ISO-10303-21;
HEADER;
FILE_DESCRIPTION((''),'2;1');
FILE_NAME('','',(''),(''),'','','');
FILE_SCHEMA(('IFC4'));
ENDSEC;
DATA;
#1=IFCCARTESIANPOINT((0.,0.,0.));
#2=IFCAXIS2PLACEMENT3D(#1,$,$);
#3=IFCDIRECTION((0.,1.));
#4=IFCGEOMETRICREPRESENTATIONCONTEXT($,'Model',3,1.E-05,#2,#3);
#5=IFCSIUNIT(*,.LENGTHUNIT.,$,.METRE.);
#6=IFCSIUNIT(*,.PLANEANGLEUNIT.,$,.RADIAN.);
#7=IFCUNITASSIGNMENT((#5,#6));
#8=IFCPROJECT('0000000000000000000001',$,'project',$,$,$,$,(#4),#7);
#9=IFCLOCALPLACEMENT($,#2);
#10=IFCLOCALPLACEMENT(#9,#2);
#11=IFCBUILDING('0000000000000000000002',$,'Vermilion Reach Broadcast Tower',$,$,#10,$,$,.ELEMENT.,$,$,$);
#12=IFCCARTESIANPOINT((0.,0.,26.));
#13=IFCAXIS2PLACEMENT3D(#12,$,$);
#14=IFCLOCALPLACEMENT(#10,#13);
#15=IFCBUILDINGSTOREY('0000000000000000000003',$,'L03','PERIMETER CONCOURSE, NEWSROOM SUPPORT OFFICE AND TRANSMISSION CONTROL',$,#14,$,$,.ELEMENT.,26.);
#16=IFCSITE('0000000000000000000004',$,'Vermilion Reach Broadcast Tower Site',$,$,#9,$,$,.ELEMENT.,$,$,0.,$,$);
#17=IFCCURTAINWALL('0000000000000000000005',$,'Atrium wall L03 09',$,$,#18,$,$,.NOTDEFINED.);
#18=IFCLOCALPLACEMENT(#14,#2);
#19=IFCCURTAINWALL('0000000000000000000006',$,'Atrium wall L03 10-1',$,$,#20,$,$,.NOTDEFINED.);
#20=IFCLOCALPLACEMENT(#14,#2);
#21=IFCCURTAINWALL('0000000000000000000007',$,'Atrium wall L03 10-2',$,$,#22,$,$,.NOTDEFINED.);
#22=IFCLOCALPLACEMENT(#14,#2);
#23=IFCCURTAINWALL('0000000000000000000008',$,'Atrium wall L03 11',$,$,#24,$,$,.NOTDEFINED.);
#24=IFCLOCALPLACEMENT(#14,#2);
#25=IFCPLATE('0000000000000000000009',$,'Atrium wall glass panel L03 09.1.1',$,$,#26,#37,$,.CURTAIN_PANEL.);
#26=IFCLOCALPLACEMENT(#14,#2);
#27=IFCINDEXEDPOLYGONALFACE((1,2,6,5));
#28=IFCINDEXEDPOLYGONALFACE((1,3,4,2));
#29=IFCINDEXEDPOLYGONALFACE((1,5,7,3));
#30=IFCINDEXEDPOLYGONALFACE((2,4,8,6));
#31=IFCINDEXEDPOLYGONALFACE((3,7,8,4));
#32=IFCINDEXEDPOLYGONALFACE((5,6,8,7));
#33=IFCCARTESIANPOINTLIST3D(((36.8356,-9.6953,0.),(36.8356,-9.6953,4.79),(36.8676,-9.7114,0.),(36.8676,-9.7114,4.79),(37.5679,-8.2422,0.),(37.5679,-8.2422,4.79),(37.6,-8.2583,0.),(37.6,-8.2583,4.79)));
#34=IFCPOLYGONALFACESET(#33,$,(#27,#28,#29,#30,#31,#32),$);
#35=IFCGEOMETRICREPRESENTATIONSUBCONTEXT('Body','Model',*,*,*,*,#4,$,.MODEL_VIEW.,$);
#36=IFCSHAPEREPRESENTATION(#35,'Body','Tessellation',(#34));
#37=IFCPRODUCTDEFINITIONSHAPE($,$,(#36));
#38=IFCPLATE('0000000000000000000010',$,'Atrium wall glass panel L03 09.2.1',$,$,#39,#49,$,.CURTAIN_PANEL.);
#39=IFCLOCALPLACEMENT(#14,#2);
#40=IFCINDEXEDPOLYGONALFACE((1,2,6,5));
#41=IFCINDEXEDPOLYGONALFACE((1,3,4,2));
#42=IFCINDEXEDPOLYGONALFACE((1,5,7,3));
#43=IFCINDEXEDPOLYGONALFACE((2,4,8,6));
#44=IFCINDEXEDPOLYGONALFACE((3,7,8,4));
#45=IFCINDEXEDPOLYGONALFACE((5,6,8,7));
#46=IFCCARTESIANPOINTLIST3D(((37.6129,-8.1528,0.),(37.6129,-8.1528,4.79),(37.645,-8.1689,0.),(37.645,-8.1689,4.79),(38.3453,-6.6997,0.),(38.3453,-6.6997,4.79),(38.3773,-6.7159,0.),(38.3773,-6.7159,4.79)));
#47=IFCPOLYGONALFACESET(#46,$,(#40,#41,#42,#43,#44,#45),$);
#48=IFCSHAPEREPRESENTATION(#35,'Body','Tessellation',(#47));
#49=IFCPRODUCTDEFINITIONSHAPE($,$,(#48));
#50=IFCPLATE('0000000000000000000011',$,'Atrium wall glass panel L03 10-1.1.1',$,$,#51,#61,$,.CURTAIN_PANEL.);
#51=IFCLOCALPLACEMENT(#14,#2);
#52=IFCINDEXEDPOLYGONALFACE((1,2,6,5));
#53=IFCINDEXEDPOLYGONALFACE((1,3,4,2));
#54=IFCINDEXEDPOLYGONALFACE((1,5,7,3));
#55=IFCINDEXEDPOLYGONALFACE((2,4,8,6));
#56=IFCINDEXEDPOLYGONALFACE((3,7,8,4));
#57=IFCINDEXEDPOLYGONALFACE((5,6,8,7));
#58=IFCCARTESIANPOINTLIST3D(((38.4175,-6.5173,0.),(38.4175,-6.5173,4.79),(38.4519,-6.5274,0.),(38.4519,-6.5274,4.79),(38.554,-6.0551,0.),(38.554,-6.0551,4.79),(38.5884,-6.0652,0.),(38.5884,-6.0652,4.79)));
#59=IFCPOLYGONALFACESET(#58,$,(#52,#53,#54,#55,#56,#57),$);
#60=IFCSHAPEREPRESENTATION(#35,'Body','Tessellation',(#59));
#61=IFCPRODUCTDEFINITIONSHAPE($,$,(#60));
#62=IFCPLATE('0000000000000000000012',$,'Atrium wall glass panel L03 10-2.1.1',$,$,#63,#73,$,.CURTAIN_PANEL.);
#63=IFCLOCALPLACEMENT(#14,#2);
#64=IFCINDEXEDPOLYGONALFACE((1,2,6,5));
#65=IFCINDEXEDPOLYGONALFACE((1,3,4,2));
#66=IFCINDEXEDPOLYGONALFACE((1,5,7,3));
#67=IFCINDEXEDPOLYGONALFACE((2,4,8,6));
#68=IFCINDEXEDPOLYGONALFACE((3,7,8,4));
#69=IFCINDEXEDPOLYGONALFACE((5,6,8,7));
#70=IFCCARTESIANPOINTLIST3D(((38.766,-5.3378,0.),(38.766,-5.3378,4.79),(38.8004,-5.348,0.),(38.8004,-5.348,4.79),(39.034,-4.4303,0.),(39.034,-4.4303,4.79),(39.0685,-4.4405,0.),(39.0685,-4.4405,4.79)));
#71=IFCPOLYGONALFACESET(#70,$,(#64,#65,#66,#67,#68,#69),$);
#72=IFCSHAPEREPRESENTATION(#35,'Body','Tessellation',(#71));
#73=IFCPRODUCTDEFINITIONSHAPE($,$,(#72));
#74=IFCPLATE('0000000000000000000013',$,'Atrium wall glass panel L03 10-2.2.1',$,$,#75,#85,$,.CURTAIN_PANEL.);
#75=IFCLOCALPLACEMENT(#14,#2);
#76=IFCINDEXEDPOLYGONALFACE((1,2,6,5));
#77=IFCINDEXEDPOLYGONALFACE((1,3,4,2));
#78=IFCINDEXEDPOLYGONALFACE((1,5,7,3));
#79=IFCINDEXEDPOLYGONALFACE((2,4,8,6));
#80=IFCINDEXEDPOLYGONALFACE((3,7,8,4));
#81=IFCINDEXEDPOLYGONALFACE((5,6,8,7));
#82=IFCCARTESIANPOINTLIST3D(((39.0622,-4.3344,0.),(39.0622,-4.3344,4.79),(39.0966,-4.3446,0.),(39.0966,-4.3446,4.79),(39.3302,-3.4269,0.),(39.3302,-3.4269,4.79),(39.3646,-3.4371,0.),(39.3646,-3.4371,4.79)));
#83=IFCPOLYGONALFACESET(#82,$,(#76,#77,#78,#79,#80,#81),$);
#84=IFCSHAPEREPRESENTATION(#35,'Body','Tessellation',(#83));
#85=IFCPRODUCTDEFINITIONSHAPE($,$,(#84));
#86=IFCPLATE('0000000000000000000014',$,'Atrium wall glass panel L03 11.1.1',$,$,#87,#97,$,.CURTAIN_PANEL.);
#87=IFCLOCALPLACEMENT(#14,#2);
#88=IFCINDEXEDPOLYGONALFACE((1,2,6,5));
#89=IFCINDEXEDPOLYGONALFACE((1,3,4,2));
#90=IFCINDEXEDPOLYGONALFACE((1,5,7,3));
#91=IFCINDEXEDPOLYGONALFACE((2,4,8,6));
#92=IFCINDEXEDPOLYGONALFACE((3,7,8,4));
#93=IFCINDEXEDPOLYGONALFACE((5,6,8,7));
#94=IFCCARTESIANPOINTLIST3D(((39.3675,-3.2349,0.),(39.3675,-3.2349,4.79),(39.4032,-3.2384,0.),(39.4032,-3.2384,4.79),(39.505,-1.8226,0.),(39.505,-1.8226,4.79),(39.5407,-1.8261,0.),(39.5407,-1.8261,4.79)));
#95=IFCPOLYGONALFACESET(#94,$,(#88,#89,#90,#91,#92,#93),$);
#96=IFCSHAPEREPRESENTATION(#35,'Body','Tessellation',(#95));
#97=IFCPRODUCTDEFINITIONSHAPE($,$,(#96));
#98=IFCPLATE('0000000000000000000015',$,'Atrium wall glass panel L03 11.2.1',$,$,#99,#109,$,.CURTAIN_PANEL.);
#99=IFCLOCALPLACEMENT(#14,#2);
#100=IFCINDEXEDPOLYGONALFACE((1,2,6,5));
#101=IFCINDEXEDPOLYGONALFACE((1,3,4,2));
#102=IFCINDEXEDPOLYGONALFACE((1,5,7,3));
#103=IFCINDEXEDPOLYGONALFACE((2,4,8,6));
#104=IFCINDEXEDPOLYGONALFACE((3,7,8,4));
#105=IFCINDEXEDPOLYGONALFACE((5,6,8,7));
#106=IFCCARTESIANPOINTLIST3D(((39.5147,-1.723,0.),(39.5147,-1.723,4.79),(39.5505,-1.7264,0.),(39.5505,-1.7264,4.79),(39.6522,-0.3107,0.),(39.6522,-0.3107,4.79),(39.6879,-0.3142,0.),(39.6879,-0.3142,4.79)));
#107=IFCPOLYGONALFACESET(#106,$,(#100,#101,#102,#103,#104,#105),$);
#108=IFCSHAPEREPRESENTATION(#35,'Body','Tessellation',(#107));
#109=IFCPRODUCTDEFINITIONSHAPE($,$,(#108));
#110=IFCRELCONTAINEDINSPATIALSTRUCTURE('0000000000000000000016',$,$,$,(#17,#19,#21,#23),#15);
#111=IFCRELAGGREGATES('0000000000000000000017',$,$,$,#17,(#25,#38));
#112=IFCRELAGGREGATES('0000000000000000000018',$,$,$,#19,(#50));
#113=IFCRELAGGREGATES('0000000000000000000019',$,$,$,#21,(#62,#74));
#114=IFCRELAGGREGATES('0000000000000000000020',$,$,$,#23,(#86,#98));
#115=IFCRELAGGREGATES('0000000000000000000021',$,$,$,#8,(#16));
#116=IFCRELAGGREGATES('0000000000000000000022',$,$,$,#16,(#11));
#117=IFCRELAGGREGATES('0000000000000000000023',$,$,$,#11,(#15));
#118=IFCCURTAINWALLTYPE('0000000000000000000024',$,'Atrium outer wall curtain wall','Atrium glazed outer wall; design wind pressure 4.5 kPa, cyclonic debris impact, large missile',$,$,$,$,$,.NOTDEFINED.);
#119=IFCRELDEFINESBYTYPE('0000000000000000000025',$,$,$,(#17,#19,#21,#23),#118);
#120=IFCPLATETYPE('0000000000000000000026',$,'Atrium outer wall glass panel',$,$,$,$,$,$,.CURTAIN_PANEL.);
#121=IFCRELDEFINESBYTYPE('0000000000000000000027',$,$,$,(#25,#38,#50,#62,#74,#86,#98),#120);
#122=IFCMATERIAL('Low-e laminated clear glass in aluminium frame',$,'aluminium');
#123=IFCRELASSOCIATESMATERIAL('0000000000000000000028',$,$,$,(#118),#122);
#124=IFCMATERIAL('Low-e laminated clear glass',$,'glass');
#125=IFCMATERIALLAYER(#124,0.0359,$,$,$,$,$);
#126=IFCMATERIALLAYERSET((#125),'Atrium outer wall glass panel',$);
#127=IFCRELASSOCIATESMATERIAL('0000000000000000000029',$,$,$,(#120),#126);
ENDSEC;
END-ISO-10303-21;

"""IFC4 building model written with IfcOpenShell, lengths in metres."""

from ifc_helpers import new_model, si_unit, direction, frame, origin, origin_2d, place, context, subcontext, project, spatial, rectangle, extrude, material, layer, layer_set, type_object, element, aggregate, save


model = new_model("IFC4")

# Units and contexts
model_context = context("Model", 3, precision=1e-05, world=origin(), true_north=direction((0.0, 1.0)))
body_context = subcontext(model_context, "Body", "Model", "MODEL_VIEW")
ifc_project = project(units=[si_unit("LENGTHUNIT", "METRE"), si_unit("PLANEANGLEUNIT", "RADIAN")], contexts=[model_context])

# Site, building, storey
site_placement = place(None, origin())
site = spatial("IfcSite", under=ifc_project, at=site_placement, Name="Vermilion Reach Broadcast Tower Site", CompositionType="ELEMENT", RefElevation=0.0)
building_placement = place(site_placement, origin())
building = spatial("IfcBuilding", under=site, at=building_placement, Name="Vermilion Reach Broadcast Tower", CompositionType="ELEMENT")
storey_placement = place(building_placement, frame((0.0, 0.0, 26.0)))
storey = spatial("IfcBuildingStorey", under=building, at=storey_placement, Name="L03", Description="PERIMETER CONCOURSE, NEWSROOM SUPPORT OFFICE AND TRANSMISSION CONTROL", CompositionType="ELEMENT", Elevation=26.0)

# Curtain walls
ifc_material_1 = material(Name="Low-e laminated clear glass in aluminium frame", Category="aluminium")
curtain_wall_type = type_object("IfcCurtainWallType", Name="Atrium outer wall curtain wall", Description="Atrium glazed outer wall; design wind pressure 4.5 kPa, cyclonic debris impact, large missile", PredefinedType="NOTDEFINED", material=ifc_material_1)
placement = place(storey_placement, origin())
curtain_wall_1 = element("IfcCurtainWall", 1, at=placement, inside=storey, type_object=curtain_wall_type, Name="Atrium wall L03 09", PredefinedType="NOTDEFINED")
curtain_wall_2 = element("IfcCurtainWall", 2, at=placement, inside=storey, type_object=curtain_wall_type, Name="Atrium wall L03 10-1", PredefinedType="NOTDEFINED")
curtain_wall_3 = element("IfcCurtainWall", 3, at=placement, inside=storey, type_object=curtain_wall_type, Name="Atrium wall L03 10-2", PredefinedType="NOTDEFINED")
curtain_wall_4 = element("IfcCurtainWall", 4, at=placement, inside=storey, type_object=curtain_wall_type, Name="Atrium wall L03 11", PredefinedType="NOTDEFINED")

# Plates
ifc_material_2 = material(Name="Low-e laminated clear glass", Category="glass")
ifc_layer = layer(ifc_material_2, 0.0359)
ifc_layer_set = layer_set([ifc_layer], Name="Atrium outer wall glass panel")
plate_type = type_object("IfcPlateType", Name="Atrium outer wall glass panel", PredefinedType="CURTAIN_PANEL", material=ifc_layer_set)
plate_1_placement = place(storey_placement, frame((37.2178, -8.9768, 0.0), z_axis=(0.0, 0.0, 1.0), x_axis=(0.450072, 0.892992, 0.0)))
plate_1 = element("IfcPlate", 5, at=plate_1_placement, type_object=plate_type, Name="Atrium wall glass panel L03 09.1.1", PredefinedType="CURTAIN_PANEL", context=body_context, shape_type="SweptSolid", body=[
    extrude(rectangle(XDim=1.6272, YDim=0.0359, at=origin_2d()), origin(), (0.0, 0.0, 1.0), 4.79),
])
plate_2_placement = place(storey_placement, frame((37.9951, -7.4343, 0.0), z_axis=(0.0, 0.0, 1.0), x_axis=(0.450072, 0.892992, 0.0)))
plate_2 = element("IfcPlate", 6, at=plate_2_placement, type_object=plate_type, Name="Atrium wall glass panel L03 09.2.1", PredefinedType="CURTAIN_PANEL", context=body_context, shape_type="SweptSolid", body=[
    extrude(rectangle(XDim=1.6272, YDim=0.0359, at=origin_2d()), origin(), (0.0, 0.0, 1.0), 4.79),
])
aggregate(curtain_wall_1, [plate_1, plate_2])
plate_3_placement = place(storey_placement, frame((38.5029, -6.2913, 0.0), z_axis=(0.0, 0.0, 1.0), x_axis=(0.283245, 0.959048, 0.0)))
plate_3 = element("IfcPlate", 7, at=plate_3_placement, type_object=plate_type, Name="Atrium wall glass panel L03 10-1.1.1", PredefinedType="CURTAIN_PANEL", context=body_context, shape_type="SweptSolid", body=[
    extrude(rectangle(XDim=0.4819, YDim=0.0359, at=origin_2d()), origin(), (0.0, 0.0, 1.0), 4.79),
])
aggregate(curtain_wall_2, [plate_3])
plate_4_placement = place(storey_placement, frame((38.9172, -4.8892, 0.0), z_axis=(0.0, 0.0, 1.0), x_axis=(0.283245, 0.959048, 0.0)))
plate_4 = element("IfcPlate", 8, at=plate_4_placement, type_object=plate_type, Name="Atrium wall glass panel L03 10-2.1.1", PredefinedType="CURTAIN_PANEL", context=body_context, shape_type="SweptSolid", body=[
    extrude(rectangle(XDim=0.9463, YDim=0.0359, at=origin_2d()), origin(), (0.0, 0.0, 1.0), 4.79),
])
plate_5_placement = place(storey_placement, frame((39.2134, -3.8857, 0.0), z_axis=(0.0, 0.0, 1.0), x_axis=(0.283245, 0.959048, 0.0)))
plate_5 = element("IfcPlate", 9, at=plate_5_placement, type_object=plate_type, Name="Atrium wall glass panel L03 10-2.2.1", PredefinedType="CURTAIN_PANEL", context=body_context, shape_type="SweptSolid", body=[
    extrude(rectangle(XDim=0.9463, YDim=0.0359, at=origin_2d()), origin(), (0.0, 0.0, 1.0), 4.79),
])
aggregate(curtain_wall_3, [plate_4, plate_5])
plate_6_placement = place(storey_placement, frame((39.4541, -2.5305, 0.0), z_axis=(0.0, 0.0, 1.0), x_axis=(0.096861, 0.995298, 0.0)))
plate_6 = element("IfcPlate", 10, at=plate_6_placement, type_object=plate_type, Name="Atrium wall glass panel L03 11.1.1", PredefinedType="CURTAIN_PANEL", context=body_context, shape_type="SweptSolid", body=[
    extrude(rectangle(XDim=1.4189, YDim=0.0359, at=origin_2d()), origin(), (0.0, 0.0, 1.0), 4.79),
])
plate_7_placement = place(storey_placement, frame((39.6013, -1.0186, 0.0), z_axis=(0.0, 0.0, 1.0), x_axis=(0.096861, 0.995298, 0.0)))
plate_7 = element("IfcPlate", 11, at=plate_7_placement, type_object=plate_type, Name="Atrium wall glass panel L03 11.2.1", PredefinedType="CURTAIN_PANEL", context=body_context, shape_type="SweptSolid", body=[
    extrude(rectangle(XDim=1.4189, YDim=0.0359, at=origin_2d()), origin(), (0.0, 0.0, 1.0), 4.79),
])
aggregate(curtain_wall_4, [plate_6, plate_7])

save(model, "model.ifc")
